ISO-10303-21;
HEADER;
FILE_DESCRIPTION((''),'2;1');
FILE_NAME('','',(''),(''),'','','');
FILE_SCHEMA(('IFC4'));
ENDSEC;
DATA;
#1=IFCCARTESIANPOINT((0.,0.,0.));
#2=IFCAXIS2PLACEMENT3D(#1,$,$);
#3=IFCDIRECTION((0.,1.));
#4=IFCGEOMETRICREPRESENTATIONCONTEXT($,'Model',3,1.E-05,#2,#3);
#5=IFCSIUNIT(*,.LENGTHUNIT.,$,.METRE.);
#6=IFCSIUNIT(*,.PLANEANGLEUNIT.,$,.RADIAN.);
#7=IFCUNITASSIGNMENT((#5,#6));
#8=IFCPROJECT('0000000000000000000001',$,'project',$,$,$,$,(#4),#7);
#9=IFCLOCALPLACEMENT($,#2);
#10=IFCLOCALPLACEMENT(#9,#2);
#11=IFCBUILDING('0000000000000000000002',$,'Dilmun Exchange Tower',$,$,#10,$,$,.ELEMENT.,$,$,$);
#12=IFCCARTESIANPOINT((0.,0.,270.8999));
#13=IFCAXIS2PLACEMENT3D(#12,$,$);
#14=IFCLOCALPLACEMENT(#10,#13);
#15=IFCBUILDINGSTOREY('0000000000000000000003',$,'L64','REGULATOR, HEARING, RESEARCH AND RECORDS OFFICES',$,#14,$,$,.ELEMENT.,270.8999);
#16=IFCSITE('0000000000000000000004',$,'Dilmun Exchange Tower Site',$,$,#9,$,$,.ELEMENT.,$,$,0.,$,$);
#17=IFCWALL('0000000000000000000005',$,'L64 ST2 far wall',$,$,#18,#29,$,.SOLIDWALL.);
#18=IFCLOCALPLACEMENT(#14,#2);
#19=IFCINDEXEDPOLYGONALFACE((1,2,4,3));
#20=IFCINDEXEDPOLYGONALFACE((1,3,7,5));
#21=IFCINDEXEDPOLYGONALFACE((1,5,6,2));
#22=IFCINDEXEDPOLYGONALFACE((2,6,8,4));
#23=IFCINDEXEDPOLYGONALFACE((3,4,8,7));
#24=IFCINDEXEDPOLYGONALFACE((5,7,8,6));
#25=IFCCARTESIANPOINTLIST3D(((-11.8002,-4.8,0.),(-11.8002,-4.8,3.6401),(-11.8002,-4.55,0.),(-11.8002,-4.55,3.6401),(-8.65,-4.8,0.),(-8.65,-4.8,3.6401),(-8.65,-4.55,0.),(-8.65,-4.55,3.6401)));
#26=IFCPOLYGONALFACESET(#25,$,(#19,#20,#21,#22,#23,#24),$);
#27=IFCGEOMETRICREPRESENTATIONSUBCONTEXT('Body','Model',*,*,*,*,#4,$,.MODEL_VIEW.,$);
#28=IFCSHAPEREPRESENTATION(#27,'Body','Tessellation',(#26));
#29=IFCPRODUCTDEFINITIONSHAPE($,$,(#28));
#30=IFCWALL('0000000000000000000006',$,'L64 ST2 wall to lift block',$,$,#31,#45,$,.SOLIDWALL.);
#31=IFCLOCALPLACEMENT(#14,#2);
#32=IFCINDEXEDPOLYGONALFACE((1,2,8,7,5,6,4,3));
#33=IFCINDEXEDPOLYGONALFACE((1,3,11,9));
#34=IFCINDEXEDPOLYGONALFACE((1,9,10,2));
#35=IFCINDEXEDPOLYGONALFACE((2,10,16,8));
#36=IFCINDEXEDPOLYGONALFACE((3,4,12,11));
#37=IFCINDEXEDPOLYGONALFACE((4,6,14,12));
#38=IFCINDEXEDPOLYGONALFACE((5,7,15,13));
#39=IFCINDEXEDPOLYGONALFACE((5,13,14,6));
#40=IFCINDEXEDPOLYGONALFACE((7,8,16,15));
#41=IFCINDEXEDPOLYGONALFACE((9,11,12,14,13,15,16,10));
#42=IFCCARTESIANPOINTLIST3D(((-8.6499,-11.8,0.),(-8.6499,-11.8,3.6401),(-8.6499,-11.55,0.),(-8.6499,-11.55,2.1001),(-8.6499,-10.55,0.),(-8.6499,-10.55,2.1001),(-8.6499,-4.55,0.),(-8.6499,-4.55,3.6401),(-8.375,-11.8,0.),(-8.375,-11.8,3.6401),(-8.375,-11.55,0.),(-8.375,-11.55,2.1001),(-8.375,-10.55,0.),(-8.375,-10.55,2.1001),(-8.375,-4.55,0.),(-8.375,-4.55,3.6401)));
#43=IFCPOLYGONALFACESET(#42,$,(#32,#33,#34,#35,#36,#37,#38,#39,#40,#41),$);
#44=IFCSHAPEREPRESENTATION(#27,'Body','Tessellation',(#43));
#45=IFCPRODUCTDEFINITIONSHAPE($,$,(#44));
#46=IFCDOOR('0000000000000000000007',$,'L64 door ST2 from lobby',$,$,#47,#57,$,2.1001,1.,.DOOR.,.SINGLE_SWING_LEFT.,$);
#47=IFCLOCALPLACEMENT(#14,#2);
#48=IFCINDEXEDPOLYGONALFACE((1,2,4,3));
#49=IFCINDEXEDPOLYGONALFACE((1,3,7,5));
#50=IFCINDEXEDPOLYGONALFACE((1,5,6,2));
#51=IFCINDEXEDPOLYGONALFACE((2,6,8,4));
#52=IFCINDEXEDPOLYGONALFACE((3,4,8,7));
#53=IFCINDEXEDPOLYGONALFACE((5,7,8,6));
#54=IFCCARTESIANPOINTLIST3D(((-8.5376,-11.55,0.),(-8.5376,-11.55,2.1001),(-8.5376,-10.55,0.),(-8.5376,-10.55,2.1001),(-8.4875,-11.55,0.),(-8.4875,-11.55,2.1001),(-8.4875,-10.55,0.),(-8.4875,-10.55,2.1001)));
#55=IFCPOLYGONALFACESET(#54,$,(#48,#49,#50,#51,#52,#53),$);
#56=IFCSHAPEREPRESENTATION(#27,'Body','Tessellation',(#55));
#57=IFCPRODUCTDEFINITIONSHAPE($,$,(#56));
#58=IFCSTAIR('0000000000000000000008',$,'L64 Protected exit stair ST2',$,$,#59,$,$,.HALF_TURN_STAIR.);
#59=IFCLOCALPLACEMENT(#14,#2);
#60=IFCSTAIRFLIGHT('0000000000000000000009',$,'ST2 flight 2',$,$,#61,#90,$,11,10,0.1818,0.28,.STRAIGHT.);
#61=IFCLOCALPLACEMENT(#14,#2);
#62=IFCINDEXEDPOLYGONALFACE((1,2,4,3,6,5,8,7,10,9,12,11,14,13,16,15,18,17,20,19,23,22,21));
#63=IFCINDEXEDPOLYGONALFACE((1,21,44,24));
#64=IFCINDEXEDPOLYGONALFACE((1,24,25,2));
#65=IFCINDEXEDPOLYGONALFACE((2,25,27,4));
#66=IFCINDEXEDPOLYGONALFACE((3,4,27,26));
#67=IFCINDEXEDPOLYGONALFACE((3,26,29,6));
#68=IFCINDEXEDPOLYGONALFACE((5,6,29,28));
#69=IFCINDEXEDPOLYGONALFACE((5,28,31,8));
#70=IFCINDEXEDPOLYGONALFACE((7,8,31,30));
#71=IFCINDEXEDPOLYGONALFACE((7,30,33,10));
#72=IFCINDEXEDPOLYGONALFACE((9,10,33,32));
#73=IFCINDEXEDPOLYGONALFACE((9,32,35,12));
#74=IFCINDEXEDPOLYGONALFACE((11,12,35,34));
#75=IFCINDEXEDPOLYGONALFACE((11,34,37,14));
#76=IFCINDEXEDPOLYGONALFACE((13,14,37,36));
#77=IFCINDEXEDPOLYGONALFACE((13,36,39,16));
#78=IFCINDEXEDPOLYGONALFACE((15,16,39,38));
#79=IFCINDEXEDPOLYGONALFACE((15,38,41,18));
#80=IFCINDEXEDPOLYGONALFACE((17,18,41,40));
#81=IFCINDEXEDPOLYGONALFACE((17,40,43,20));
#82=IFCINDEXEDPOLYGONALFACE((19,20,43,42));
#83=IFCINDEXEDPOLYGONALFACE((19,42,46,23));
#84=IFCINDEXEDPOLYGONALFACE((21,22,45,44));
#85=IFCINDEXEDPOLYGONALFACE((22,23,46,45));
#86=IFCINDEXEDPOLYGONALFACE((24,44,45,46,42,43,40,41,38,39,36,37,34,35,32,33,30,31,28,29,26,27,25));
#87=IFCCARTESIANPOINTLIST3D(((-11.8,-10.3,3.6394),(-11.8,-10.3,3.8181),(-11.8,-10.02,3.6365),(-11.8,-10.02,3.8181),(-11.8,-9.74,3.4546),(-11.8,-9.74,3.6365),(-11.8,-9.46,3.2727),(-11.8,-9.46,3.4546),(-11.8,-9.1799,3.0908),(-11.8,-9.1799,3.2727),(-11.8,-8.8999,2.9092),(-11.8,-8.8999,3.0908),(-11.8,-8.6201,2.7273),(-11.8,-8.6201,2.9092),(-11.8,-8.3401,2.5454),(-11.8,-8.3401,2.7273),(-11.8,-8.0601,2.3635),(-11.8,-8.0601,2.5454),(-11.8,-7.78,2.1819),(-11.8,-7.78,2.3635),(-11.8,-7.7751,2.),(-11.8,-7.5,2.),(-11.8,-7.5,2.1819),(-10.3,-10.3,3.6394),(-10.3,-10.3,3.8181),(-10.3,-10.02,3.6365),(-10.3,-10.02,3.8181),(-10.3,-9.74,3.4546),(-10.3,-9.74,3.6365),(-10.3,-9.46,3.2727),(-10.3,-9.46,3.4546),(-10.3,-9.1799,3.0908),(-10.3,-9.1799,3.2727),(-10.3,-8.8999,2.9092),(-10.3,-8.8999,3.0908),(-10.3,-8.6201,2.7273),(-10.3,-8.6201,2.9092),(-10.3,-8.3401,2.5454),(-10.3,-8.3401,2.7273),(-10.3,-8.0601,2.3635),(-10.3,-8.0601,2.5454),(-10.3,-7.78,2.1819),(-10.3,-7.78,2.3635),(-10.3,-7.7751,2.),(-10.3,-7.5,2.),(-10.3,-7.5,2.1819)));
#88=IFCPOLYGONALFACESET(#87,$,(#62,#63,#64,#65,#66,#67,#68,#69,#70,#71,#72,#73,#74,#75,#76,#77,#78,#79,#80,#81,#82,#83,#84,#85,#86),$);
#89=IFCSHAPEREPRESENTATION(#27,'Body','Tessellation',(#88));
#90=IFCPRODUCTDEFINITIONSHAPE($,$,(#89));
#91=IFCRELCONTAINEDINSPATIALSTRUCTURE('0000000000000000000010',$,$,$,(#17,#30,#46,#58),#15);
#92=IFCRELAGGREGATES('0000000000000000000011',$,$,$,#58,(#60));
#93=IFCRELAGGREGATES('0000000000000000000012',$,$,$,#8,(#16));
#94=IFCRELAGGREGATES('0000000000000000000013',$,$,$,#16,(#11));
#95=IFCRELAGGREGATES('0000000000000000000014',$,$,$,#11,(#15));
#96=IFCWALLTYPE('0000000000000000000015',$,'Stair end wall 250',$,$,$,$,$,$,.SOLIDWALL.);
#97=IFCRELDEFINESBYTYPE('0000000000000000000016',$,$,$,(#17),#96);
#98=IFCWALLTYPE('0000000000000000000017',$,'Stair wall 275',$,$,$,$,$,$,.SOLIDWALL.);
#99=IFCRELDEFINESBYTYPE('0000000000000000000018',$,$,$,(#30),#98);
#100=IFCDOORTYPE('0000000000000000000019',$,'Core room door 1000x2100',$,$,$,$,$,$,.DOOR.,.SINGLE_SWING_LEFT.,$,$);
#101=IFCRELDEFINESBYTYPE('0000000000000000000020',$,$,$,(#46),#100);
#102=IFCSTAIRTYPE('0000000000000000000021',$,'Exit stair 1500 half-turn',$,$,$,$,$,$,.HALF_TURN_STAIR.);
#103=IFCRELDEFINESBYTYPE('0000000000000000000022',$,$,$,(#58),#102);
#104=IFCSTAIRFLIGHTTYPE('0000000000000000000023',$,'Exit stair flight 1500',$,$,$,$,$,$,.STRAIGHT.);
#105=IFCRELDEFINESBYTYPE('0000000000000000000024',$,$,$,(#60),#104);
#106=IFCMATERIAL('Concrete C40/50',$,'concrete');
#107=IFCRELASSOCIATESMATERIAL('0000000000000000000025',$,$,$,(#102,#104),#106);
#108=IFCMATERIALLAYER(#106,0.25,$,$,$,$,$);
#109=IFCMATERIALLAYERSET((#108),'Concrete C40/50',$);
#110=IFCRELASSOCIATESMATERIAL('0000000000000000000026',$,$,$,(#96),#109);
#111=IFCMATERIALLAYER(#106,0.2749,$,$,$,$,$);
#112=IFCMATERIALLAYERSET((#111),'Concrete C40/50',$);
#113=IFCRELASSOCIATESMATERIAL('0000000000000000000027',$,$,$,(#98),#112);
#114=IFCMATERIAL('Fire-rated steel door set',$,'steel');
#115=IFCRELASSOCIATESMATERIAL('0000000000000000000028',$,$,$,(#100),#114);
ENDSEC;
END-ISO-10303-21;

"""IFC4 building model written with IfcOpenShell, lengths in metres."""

from ifc_helpers import new_model, si_unit, direction, frame, frame_2d, origin, place, context, subcontext, project, spatial, polyline, rectangle, outline, extrude, material, layer, layer_set, type_object, element, fill, aggregate, save


model = new_model("IFC4")

# Units and contexts
model_context = context("Model", 3, precision=1e-05, world=origin(), true_north=direction((0.0, 1.0)))
body_context = subcontext(model_context, "Body", "Model", "MODEL_VIEW")
ifc_project = project(units=[si_unit("LENGTHUNIT", "METRE"), si_unit("PLANEANGLEUNIT", "RADIAN")], contexts=[model_context])

# Site, building, storey
site_placement = place(None, origin())
site = spatial("IfcSite", under=ifc_project, at=site_placement, Name="Dilmun Exchange Tower Site", CompositionType="ELEMENT", RefElevation=0.0)
building_placement = place(site_placement, origin())
building = spatial("IfcBuilding", under=site, at=building_placement, Name="Dilmun Exchange Tower", CompositionType="ELEMENT")
storey_placement = place(building_placement, frame((0.0, 0.0, 270.8999)))
storey = spatial("IfcBuildingStorey", under=building, at=storey_placement, Name="L64", Description="REGULATOR, HEARING, RESEARCH AND RECORDS OFFICES", CompositionType="ELEMENT", Elevation=270.8999)

# Shared definitions
ifc_material_1 = material(Name="Concrete C40/50", Category="concrete")
stair_type = type_object("IfcStairType", Name="Exit stair 1500 half-turn", PredefinedType="HALF_TURN_STAIR", material=ifc_material_1)

# Shared definitions
ifc_material_2 = material(Name="Fire-rated steel door set", Category="steel")

# Wall
ifc_layer_1 = layer(ifc_material_1, 0.25)
ifc_layer_set_1 = layer_set([ifc_layer_1], Name="Concrete C40/50")
wall_type_1 = type_object("IfcWallType", Name="Stair end wall 250", PredefinedType="SOLIDWALL", material=ifc_layer_set_1)
wall_1_placement = place(storey_placement, frame((-8.6499, -4.675, 0.0), z_axis=(0.0, 0.0, 1.0), x_axis=(-1.0, 0.0, 0.0)))
element("IfcWall", 1, at=wall_1_placement, inside=storey, type_object=wall_type_1, Name="L64 ST2 far wall", PredefinedType="SOLIDWALL", context=body_context, shape_type="SweptSolid", body=[
    extrude(rectangle(XDim=3.1501, YDim=0.25, at=frame_2d((1.5752, 0.0))), origin(), (0.0, 0.0, 1.0), 3.6401),
])

# Wall, opening, door
ifc_layer_2 = layer(ifc_material_1, 0.2749)
ifc_layer_set_2 = layer_set([ifc_layer_2], Name="Concrete C40/50")
wall_type_2 = type_object("IfcWallType", Name="Stair wall 275", PredefinedType="SOLIDWALL", material=ifc_layer_set_2)
wall_2_placement = place(storey_placement, frame((-8.5125, -4.55, 0.0), z_axis=(0.0, 0.0, 1.0), x_axis=(0.0, -1.0, 0.0)))
wall_2 = element("IfcWall", 2, at=wall_2_placement, inside=storey, type_object=wall_type_2, Name="L64 ST2 wall to lift block", PredefinedType="SOLIDWALL", context=body_context, shape_type="SweptSolid", body=[
    extrude(rectangle(XDim=7.25, YDim=0.2749, at=frame_2d((3.625, 0.0))), origin(), (0.0, 0.0, 1.0), 3.6401),
])
opening_1_placement = place(wall_2_placement, frame((6.0, 0.0, 0.0)))
opening_1 = element("IfcOpeningElement", 3, at=opening_1_placement, cuts=wall_2, PredefinedType="OPENING", context=body_context, shape_type="SweptSolid", body=[
    extrude(rectangle(XDim=1.0, YDim=2.1001, at=frame_2d((0.5, 1.05))), frame((0.0, 0.1475, 0.0), z_axis=(0.0, -1.0, 0.0), x_axis=(1.0, 0.0, 0.0)), (0.0, 0.0, 1.0), 0.2949),
])
door_type_1 = type_object("IfcDoorType", Name="Core room door 1000x2100", OperationType="SINGLE_SWING_LEFT", PredefinedType="DOOR", material=ifc_material_2)
door_1_placement = place(opening_1_placement, origin())
door_1 = element("IfcDoor", 4, at=door_1_placement, inside=storey, type_object=door_type_1, Name="L64 door ST2 from lobby", OperationType="SINGLE_SWING_LEFT", OverallHeight=2.1001, OverallWidth=1.0, PredefinedType="DOOR", context=body_context, shape_type="SweptSolid", body=[
    extrude(rectangle(XDim=1.0, YDim=2.1001, at=frame_2d((0.5, 1.05))), frame((0.0, 0.0249, 0.0), z_axis=(0.0, -1.0, 0.0), x_axis=(1.0, 0.0, 0.0)), (0.0, 0.0, 1.0), 0.05),
])
fill(opening_1, door_1)

# Stair, stair flight
stair_1_placement = place(storey_placement, origin())
stair_1 = element("IfcStair", 5, at=stair_1_placement, inside=storey, type_object=stair_type, Name="L64 Protected exit stair ST2", PredefinedType="HALF_TURN_STAIR")
stair_flight_type = type_object("IfcStairFlightType", Name="Exit stair flight 1500", PredefinedType="STRAIGHT", material=ifc_material_1)
stair_flight_placement = place(storey_placement, frame((-11.05, -7.5, 2.0), z_axis=(0.0, 0.0, 1.0), x_axis=(0.0, -1.0, 0.0)))
stair_flight = element("IfcStairFlight", 6, at=stair_flight_placement, type_object=stair_flight_type, Name="ST2 flight 2", NumberOfRisers=11, NumberOfTreads=10, PredefinedType="STRAIGHT", RiserHeight=0.1818, TreadLength=0.28, context=body_context, shape_type="SweptSolid", body=[
    extrude(outline(polyline([(0.0, 0.0), (0.0, 0.1819), (0.28, 0.1819), (0.28, 0.3635), (0.5601, 0.3635), (0.5601, 0.5454), (0.8401, 0.5454), (0.8401, 0.7273), (1.1201, 0.7273), (1.1201, 0.9092), (1.3999, 0.9092), (1.3999, 1.0908), (1.6799, 1.0908), (1.6799, 1.2727), (1.96, 1.2727), (1.96, 1.4546), (2.24, 1.4546), (2.24, 1.6365), (2.52, 1.6365), (2.52, 1.8181), (2.8, 1.8181), (2.8, 2.0), (2.8, 1.6394), (0.2751, 0.0), (0.0, 0.0)])), frame((0.0, 0.75, 0.0), z_axis=(0.0, -1.0, 0.0), x_axis=(1.0, 0.0, 0.0)), (0.0, 0.0, 1.0), 1.5),
])
aggregate(stair_1, [stair_flight])

save(model, "model.ifc")
